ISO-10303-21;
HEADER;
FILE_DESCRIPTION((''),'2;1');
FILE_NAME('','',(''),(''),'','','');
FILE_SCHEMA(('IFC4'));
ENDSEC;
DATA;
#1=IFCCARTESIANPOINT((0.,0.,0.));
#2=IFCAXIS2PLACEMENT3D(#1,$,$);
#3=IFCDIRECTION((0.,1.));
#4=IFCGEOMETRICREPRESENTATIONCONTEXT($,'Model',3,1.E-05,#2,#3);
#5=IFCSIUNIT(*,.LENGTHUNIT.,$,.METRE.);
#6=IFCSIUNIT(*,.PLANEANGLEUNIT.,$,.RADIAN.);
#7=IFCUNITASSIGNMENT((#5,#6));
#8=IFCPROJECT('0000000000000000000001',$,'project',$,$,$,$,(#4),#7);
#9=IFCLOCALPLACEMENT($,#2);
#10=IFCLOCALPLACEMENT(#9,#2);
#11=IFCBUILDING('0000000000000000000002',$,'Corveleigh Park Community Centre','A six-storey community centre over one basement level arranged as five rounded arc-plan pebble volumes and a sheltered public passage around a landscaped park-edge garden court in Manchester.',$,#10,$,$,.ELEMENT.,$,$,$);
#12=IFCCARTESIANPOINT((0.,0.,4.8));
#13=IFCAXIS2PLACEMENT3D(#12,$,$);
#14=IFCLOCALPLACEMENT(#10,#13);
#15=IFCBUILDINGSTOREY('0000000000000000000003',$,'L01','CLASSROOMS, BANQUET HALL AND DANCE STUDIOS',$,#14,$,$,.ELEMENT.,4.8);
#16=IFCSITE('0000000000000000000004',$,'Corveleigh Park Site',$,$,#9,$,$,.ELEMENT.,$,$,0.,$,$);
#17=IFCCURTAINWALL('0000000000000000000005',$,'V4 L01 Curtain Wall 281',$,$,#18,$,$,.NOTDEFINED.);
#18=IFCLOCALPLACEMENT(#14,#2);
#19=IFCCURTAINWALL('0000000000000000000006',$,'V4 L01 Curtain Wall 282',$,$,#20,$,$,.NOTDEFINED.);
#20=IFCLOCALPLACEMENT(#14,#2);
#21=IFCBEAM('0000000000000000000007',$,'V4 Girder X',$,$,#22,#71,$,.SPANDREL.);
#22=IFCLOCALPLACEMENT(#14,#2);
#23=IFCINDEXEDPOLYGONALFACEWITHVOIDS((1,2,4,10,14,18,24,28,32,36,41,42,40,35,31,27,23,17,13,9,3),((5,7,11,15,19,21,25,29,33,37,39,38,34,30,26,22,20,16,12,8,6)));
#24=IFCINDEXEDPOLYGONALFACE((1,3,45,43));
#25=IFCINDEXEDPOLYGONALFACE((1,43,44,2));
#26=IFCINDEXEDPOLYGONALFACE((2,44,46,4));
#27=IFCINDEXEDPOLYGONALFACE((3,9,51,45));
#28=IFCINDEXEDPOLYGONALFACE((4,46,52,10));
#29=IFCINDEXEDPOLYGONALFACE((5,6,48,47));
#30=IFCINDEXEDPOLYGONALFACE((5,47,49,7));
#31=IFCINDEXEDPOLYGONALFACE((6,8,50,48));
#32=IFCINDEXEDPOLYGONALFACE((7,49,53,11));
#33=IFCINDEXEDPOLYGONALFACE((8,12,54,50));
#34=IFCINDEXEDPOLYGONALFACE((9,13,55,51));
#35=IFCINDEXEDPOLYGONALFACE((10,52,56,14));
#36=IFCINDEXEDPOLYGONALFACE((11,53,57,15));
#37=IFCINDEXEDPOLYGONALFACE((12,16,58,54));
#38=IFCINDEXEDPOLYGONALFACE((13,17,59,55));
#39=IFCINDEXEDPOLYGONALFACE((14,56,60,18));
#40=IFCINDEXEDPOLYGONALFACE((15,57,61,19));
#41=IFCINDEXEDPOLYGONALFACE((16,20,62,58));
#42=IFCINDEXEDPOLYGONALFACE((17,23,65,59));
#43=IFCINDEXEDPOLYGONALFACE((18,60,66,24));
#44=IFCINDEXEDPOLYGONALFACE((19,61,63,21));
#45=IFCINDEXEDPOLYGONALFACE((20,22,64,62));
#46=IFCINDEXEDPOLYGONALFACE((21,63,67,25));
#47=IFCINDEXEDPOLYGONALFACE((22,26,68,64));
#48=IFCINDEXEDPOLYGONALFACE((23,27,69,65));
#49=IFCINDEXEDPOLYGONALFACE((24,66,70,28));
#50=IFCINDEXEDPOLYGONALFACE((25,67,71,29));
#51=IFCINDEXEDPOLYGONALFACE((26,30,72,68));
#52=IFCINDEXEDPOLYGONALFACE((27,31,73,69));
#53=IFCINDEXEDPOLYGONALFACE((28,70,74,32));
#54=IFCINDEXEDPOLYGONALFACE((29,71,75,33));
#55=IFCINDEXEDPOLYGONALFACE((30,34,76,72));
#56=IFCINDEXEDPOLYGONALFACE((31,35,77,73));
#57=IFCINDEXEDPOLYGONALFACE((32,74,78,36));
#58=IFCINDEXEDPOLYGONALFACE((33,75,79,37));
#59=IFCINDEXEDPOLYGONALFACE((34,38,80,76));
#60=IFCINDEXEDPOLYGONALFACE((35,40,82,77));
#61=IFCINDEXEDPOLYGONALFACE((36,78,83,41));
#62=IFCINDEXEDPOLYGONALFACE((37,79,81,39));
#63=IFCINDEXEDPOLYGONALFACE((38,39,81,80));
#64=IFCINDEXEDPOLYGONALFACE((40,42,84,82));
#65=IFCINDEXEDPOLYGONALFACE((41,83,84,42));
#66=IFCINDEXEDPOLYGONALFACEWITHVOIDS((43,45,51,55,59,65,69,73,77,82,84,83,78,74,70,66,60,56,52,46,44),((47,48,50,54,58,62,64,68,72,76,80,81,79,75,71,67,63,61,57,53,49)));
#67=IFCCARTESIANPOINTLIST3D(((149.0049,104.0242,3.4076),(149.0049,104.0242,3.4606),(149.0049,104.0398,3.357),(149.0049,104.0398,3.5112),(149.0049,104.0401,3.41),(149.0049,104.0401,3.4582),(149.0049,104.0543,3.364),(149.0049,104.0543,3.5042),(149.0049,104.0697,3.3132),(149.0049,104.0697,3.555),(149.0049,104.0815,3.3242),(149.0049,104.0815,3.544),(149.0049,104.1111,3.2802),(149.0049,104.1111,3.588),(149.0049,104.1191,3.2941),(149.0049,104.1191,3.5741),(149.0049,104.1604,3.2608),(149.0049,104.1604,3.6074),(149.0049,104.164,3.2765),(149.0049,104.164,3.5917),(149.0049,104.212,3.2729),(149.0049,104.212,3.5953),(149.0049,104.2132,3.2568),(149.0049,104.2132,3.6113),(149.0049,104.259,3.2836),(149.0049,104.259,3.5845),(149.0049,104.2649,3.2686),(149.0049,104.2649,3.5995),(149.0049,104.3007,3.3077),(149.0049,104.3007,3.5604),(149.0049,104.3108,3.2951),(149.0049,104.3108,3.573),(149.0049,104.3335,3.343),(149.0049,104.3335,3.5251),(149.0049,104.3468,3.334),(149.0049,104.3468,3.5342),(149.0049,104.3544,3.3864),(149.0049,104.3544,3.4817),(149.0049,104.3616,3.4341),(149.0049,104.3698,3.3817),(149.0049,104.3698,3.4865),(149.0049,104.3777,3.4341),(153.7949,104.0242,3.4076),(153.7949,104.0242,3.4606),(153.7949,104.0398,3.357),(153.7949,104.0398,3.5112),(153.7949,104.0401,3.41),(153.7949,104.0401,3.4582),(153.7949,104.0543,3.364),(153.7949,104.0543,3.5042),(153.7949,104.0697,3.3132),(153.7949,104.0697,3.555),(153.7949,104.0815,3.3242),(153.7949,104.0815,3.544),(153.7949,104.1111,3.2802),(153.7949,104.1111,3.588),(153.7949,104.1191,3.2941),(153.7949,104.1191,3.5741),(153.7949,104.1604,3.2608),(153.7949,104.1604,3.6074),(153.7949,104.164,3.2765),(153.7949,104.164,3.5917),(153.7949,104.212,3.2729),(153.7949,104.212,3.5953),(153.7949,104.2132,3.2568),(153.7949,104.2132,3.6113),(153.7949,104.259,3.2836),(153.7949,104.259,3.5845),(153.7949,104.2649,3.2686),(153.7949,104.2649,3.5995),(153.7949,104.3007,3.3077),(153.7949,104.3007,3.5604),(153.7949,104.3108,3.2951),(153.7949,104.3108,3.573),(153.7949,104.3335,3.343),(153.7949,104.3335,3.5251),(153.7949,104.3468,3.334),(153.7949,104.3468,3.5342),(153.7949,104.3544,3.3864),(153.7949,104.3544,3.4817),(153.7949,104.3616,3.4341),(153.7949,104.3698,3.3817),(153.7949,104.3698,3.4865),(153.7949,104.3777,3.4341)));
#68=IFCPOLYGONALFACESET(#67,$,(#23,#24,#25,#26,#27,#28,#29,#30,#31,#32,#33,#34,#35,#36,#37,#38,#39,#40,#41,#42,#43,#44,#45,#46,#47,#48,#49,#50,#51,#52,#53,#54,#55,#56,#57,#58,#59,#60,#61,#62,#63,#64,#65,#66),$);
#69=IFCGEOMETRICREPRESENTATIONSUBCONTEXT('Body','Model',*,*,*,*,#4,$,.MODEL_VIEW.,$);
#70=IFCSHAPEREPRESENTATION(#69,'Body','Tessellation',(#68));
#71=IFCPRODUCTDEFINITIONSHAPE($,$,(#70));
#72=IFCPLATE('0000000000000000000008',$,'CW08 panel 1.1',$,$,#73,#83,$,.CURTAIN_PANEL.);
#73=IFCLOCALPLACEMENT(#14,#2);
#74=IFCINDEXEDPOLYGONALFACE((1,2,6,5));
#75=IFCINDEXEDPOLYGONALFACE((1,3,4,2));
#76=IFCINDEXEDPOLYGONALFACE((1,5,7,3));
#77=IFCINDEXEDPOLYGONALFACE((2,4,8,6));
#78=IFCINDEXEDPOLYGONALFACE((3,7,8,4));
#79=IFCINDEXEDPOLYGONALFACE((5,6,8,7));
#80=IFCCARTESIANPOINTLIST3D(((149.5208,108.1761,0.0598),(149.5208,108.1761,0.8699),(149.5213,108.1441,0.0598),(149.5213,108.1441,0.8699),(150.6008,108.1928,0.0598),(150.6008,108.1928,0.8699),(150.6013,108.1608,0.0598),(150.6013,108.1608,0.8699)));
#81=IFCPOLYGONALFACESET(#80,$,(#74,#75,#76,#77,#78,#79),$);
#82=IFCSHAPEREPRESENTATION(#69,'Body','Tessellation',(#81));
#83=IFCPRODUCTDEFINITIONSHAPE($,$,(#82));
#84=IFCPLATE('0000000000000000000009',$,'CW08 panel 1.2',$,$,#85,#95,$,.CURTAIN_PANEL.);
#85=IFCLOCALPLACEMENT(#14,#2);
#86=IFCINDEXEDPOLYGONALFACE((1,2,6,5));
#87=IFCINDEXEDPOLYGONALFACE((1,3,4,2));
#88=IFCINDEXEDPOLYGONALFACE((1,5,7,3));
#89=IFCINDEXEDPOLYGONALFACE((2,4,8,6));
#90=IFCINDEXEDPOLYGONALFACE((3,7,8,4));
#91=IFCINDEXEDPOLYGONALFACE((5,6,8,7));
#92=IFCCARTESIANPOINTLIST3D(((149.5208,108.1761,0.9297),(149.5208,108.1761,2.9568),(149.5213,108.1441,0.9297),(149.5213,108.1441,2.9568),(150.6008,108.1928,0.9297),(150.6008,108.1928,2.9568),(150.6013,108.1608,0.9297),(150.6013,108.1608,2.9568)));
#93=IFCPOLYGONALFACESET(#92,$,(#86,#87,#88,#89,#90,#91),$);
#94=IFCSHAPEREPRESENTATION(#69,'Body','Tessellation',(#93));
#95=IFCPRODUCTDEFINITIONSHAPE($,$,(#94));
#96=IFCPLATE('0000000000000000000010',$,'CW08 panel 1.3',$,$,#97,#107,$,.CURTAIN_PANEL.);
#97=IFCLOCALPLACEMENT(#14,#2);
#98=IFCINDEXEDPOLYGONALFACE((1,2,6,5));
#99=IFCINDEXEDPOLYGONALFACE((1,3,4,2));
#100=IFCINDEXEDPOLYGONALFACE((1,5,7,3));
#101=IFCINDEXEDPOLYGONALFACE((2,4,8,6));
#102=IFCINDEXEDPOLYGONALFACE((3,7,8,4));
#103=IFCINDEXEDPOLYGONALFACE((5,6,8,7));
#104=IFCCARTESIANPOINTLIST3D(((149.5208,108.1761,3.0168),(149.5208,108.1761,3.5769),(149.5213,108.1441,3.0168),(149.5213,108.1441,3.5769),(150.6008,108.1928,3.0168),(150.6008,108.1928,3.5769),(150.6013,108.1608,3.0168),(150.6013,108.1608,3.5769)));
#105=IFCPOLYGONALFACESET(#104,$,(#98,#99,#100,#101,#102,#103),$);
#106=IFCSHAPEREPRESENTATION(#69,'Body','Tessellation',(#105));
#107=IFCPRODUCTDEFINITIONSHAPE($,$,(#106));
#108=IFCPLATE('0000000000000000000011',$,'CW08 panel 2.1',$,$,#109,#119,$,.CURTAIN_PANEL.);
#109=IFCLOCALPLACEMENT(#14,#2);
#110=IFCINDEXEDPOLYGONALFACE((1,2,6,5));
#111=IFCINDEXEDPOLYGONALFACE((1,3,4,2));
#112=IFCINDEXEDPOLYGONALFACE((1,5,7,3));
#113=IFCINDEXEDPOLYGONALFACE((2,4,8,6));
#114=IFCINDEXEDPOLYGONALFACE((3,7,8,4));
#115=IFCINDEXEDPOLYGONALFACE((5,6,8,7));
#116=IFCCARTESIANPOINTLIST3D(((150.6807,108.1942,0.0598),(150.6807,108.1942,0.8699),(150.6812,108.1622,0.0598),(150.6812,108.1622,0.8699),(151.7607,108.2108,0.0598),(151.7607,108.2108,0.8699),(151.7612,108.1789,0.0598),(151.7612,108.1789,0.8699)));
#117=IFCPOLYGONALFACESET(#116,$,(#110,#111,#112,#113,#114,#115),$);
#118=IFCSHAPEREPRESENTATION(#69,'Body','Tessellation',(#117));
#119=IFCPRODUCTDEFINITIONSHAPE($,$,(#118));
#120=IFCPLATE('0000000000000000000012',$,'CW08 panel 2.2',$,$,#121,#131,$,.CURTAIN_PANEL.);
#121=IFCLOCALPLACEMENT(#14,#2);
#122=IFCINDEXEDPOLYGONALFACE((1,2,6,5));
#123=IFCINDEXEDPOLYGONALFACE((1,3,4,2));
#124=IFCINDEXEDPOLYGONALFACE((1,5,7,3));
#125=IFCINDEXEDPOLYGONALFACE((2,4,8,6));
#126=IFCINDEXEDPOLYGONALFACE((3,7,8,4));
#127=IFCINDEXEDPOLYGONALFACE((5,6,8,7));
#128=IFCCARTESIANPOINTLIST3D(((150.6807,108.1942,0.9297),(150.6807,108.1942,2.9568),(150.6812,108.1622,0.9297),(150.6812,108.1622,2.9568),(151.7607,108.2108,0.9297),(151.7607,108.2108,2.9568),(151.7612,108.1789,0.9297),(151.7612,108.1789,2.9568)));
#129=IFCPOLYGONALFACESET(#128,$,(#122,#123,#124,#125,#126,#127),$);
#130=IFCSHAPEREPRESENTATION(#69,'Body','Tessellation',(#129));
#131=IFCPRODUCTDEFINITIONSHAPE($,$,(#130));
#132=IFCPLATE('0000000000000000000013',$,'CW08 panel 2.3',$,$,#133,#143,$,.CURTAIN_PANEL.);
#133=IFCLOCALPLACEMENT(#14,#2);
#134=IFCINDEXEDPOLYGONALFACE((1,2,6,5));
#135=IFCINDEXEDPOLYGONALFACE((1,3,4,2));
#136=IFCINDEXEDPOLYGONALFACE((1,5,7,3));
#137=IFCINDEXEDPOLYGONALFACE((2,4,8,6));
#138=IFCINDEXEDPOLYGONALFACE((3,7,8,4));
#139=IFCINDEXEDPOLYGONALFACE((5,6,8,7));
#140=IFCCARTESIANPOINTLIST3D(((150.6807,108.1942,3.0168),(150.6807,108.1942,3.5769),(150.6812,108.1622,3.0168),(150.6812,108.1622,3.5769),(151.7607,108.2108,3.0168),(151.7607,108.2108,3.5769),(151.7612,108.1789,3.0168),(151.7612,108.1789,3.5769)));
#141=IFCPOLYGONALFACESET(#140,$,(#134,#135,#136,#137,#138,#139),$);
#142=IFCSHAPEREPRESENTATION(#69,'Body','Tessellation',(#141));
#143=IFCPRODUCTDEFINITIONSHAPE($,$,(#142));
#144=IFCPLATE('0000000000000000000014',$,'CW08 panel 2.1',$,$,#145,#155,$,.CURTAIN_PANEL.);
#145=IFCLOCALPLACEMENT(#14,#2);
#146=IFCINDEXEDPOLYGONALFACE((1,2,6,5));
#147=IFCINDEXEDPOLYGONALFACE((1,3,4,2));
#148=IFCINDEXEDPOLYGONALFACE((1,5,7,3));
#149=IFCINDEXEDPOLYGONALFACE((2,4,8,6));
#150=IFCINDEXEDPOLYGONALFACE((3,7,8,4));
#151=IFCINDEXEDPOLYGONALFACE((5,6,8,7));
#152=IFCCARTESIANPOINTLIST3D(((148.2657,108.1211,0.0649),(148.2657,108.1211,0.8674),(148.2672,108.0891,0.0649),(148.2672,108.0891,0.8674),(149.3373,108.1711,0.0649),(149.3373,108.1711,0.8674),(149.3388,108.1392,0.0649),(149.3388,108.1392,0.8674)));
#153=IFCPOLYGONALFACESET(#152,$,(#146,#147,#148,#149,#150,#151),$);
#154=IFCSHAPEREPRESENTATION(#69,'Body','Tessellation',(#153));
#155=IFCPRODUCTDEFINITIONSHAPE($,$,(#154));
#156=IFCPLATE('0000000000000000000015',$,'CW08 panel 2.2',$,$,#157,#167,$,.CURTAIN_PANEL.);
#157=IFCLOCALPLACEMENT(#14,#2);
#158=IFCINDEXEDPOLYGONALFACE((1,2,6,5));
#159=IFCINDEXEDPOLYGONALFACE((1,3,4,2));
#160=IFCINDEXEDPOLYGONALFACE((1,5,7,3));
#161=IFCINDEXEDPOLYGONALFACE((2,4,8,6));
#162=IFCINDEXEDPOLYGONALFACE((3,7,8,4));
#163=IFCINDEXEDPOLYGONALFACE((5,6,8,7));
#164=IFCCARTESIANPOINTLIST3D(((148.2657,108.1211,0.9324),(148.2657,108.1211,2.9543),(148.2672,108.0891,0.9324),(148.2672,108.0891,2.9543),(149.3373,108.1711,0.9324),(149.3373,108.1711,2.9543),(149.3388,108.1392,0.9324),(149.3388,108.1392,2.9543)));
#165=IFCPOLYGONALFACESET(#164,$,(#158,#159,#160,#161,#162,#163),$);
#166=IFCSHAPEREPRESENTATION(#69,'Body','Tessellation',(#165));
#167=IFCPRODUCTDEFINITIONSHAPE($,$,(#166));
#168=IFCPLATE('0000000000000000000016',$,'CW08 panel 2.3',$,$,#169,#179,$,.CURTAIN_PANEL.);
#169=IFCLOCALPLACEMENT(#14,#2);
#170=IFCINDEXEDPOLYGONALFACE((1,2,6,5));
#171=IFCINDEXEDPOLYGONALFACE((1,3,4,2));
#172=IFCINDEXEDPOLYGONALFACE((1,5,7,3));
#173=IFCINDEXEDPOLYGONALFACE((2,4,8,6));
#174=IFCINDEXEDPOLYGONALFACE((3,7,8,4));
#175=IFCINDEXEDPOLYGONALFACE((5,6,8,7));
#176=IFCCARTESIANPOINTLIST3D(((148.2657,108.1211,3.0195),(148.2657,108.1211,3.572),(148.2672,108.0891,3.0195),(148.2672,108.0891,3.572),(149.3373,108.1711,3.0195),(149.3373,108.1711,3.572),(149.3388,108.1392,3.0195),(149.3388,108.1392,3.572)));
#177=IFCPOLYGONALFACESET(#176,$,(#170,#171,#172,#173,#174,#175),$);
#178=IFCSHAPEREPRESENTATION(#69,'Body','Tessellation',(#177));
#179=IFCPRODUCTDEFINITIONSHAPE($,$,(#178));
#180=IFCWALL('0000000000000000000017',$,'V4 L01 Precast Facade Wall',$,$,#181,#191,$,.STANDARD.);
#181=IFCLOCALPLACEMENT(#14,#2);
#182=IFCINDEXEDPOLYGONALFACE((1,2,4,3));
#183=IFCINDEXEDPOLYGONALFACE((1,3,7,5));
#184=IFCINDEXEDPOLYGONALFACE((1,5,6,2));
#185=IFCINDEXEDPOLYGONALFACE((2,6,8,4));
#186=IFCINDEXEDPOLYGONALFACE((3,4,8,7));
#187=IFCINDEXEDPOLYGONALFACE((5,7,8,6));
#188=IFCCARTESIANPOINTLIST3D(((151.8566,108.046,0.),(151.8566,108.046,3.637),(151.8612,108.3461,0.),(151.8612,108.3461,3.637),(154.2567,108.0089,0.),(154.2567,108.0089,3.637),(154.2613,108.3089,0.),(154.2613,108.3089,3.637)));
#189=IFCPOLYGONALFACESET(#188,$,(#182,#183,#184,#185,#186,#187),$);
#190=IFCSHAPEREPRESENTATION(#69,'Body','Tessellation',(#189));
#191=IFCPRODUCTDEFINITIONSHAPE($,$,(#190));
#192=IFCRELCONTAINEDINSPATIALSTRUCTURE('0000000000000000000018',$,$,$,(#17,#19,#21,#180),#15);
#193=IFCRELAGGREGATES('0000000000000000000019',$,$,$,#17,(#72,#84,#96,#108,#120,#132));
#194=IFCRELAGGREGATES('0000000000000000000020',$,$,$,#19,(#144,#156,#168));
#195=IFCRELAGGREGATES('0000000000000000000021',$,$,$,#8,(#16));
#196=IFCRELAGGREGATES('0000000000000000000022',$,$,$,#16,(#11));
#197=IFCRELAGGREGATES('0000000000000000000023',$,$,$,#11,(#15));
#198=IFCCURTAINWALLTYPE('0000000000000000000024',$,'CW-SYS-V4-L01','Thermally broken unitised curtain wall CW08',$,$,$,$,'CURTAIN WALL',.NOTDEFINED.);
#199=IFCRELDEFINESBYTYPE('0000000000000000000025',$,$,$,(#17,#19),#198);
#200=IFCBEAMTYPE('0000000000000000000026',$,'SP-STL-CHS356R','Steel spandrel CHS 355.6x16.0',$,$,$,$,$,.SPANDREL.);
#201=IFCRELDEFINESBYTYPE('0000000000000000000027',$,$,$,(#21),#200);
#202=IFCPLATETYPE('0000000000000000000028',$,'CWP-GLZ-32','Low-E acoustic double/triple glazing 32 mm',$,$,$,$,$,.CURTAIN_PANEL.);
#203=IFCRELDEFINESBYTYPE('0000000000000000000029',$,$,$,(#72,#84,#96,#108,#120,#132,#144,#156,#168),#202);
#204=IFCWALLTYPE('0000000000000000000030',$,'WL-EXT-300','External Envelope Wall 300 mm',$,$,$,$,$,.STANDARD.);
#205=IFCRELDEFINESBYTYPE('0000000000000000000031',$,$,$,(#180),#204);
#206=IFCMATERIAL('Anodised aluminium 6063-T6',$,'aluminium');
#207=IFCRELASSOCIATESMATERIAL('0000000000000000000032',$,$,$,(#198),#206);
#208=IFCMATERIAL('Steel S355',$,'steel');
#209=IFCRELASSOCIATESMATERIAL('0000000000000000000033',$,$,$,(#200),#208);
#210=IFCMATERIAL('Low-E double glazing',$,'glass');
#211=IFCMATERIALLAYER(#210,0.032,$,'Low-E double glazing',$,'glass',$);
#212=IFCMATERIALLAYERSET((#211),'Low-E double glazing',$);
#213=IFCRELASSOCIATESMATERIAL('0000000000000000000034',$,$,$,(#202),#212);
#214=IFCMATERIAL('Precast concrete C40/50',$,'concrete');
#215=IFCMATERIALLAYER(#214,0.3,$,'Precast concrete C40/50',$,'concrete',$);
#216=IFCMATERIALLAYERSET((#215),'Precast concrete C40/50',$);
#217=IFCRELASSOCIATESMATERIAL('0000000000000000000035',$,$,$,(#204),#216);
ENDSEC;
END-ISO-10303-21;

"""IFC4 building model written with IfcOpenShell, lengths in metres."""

from ifc_helpers import new_model, si_unit, direction, frame, frame_2d, origin, origin_2d, place, context, subcontext, project, spatial, rectangle, hollow_circle, extrude, material, layer, layer_set, material_profile, profile_set, type_object, element, aggregate, save


model = new_model("IFC4")

# Units and contexts
model_context = context("Model", 3, precision=1e-05, world=origin(), true_north=direction((0.0, 1.0)))
body_context = subcontext(model_context, "Body", "Model", "MODEL_VIEW")
ifc_project = project(units=[si_unit("LENGTHUNIT", "METRE"), si_unit("PLANEANGLEUNIT", "RADIAN")], contexts=[model_context])

# Site, building, storey
site_placement = place(None, origin())
site = spatial("IfcSite", under=ifc_project, at=site_placement, Name="Corveleigh Park Site", CompositionType="ELEMENT", RefElevation=0.0)
building_placement = place(site_placement, origin())
building = spatial("IfcBuilding", under=site, at=building_placement, Name="Corveleigh Park Community Centre", Description="A six-storey community centre over one basement level arranged as five rounded arc-plan pebble volumes and a sheltered public passage around a landscaped park-edge garden court in Manchester.", CompositionType="ELEMENT")
storey_placement = place(building_placement, frame((0.0, 0.0, 4.8)))
storey = spatial("IfcBuildingStorey", under=building, at=storey_placement, Name="L01", Description="CLASSROOMS, BANQUET HALL AND DANCE STUDIOS", CompositionType="ELEMENT", Elevation=4.8)

# Curtain wall
ifc_material_1 = material(Name="Anodised aluminium 6063-T6", Category="aluminium")
curtain_wall_type = type_object("IfcCurtainWallType", Name="CW-SYS-V4-L01", Description="Thermally broken unitised curtain wall CW08", ElementType="CURTAIN WALL", PredefinedType="NOTDEFINED", material=ifc_material_1)
curtain_wall_1_placement = place(storey_placement, origin())
curtain_wall_1 = element("IfcCurtainWall", 1, at=curtain_wall_1_placement, inside=storey, type_object=curtain_wall_type, Name="V4 L01 Curtain Wall 281", PredefinedType="NOTDEFINED")

# Curtain wall
curtain_wall_2_placement = place(storey_placement, origin())
curtain_wall_2 = element("IfcCurtainWall", 2, at=curtain_wall_2_placement, inside=storey, type_object=curtain_wall_type, Name="V4 L01 Curtain Wall 282", PredefinedType="NOTDEFINED")

# Beam
ifc_material_2 = material(Name="Steel S355", Category="steel")
ifc_material_profile_1 = material_profile(ifc_material_2, hollow_circle(Radius=0.1777, WallThickness=0.0161, at=origin_2d()), Name="CHS 355.6x16.0", Category="steel")
ifc_profile_set_1 = profile_set([ifc_material_profile_1], Name="Steel S355")
beam_type = type_object("IfcBeamType", Name="SP-STL-CHS356R", Description="Steel spandrel CHS 355.6x16.0", PredefinedType="SPANDREL", material=ifc_profile_set_1)
beam_placement = place(storey_placement, frame((149.0049, 104.2, 3.4341), z_axis=(1.0, 0.0, 0.0), x_axis=(0.0, 1.0, 0.0)))
element("IfcBeam", 3, at=beam_placement, inside=storey, type_object=beam_type, Name="V4 Girder X", PredefinedType="SPANDREL", context=body_context, shape_type="SweptSolid", body=[
    extrude(hollow_circle(Radius=0.1777, WallThickness=0.0161, at=origin_2d()), origin(), (0.0, 0.0, 1.0), 4.79),
])

# Plates
ifc_material_3 = material(Name="Low-E double glazing", Category="glass")
ifc_layer_1 = layer(ifc_material_3, 0.032, Name="Low-E double glazing", Category="glass")
ifc_layer_set_1 = layer_set([ifc_layer_1], Name="Low-E double glazing")
plate_type = type_object("IfcPlateType", Name="CWP-GLZ-32", Description="Low-E acoustic double/triple glazing 32 mm", PredefinedType="CURTAIN_PANEL", material=ifc_layer_set_1)
plate_1_placement = place(storey_placement, frame((150.061, 108.1685, 0.0598), z_axis=(0.0, 0.0, 1.0), x_axis=(0.999881, 0.015415, 0.0)))
plate_1 = element("IfcPlate", 4, at=plate_1_placement, type_object=plate_type, Name="CW08 panel 1.1", PredefinedType="CURTAIN_PANEL", context=body_context, shape_type="SweptSolid", body=[
    extrude(rectangle(XDim=1.0801, YDim=0.032, at=origin_2d()), origin(), (0.0, 0.0, 1.0), 0.8101),
])
plate_2_placement = place(storey_placement, frame((150.061, 108.1685, 0.9297), z_axis=(0.0, 0.0, 1.0), x_axis=(0.999881, 0.015415, 0.0)))
plate_2 = element("IfcPlate", 5, at=plate_2_placement, type_object=plate_type, Name="CW08 panel 1.2", PredefinedType="CURTAIN_PANEL", context=body_context, shape_type="SweptSolid", body=[
    extrude(rectangle(XDim=1.0801, YDim=0.032, at=origin_2d()), origin(), (0.0, 0.0, 1.0), 2.0271),
])
plate_3_placement = place(storey_placement, frame((150.061, 108.1685, 3.0168), z_axis=(0.0, 0.0, 1.0), x_axis=(0.999881, 0.015415, 0.0)))
plate_3 = element("IfcPlate", 6, at=plate_3_placement, type_object=plate_type, Name="CW08 panel 1.3", PredefinedType="CURTAIN_PANEL", context=body_context, shape_type="SweptSolid", body=[
    extrude(rectangle(XDim=1.0801, YDim=0.032, at=origin_2d()), origin(), (0.0, 0.0, 1.0), 0.5601),
])
plate_4_placement = place(storey_placement, frame((151.2209, 108.1865, 0.0598), z_axis=(0.0, 0.0, 1.0), x_axis=(0.999881, 0.015415, 0.0)))
plate_4 = element("IfcPlate", 7, at=plate_4_placement, type_object=plate_type, Name="CW08 panel 2.1", PredefinedType="CURTAIN_PANEL", context=body_context, shape_type="SweptSolid", body=[
    extrude(rectangle(XDim=1.0801, YDim=0.032, at=origin_2d()), origin(), (0.0, 0.0, 1.0), 0.8101),
])
plate_5_placement = place(storey_placement, frame((151.2209, 108.1865, 0.9297), z_axis=(0.0, 0.0, 1.0), x_axis=(0.999881, 0.015415, 0.0)))
plate_5 = element("IfcPlate", 8, at=plate_5_placement, type_object=plate_type, Name="CW08 panel 2.2", PredefinedType="CURTAIN_PANEL", context=body_context, shape_type="SweptSolid", body=[
    extrude(rectangle(XDim=1.0801, YDim=0.032, at=origin_2d()), origin(), (0.0, 0.0, 1.0), 2.0271),
])
plate_6_placement = place(storey_placement, frame((151.2209, 108.1865, 3.0168), z_axis=(0.0, 0.0, 1.0), x_axis=(0.999881, 0.015415, 0.0)))
plate_6 = element("IfcPlate", 9, at=plate_6_placement, type_object=plate_type, Name="CW08 panel 2.3", PredefinedType="CURTAIN_PANEL", context=body_context, shape_type="SweptSolid", body=[
    extrude(rectangle(XDim=1.0801, YDim=0.032, at=origin_2d()), origin(), (0.0, 0.0, 1.0), 0.5601),
])
aggregate(curtain_wall_1, [plate_1, plate_2, plate_3, plate_4, plate_5, plate_6])
plate_7_placement = place(storey_placement, frame((148.8022, 108.1301, 0.0649), z_axis=(0.0, 0.0, 1.0), x_axis=(0.998911, 0.046655, 0.0)))
plate_7 = element("IfcPlate", 10, at=plate_7_placement, type_object=plate_type, Name="CW08 panel 2.1", PredefinedType="CURTAIN_PANEL", context=body_context, shape_type="SweptSolid", body=[
    extrude(rectangle(XDim=1.0728, YDim=0.032, at=origin_2d()), origin(), (0.0, 0.0, 1.0), 0.8025),
])
plate_8_placement = place(storey_placement, frame((148.8022, 108.1301, 0.9324), z_axis=(0.0, 0.0, 1.0), x_axis=(0.998911, 0.046655, 0.0)))
plate_8 = element("IfcPlate", 11, at=plate_8_placement, type_object=plate_type, Name="CW08 panel 2.2", PredefinedType="CURTAIN_PANEL", context=body_context, shape_type="SweptSolid", body=[
    extrude(rectangle(XDim=1.0728, YDim=0.032, at=origin_2d()), origin(), (0.0, 0.0, 1.0), 2.022),
])
plate_9_placement = place(storey_placement, frame((148.8022, 108.1301, 3.0195), z_axis=(0.0, 0.0, 1.0), x_axis=(0.998911, 0.046655, 0.0)))
plate_9 = element("IfcPlate", 12, at=plate_9_placement, type_object=plate_type, Name="CW08 panel 2.3", PredefinedType="CURTAIN_PANEL", context=body_context, shape_type="SweptSolid", body=[
    extrude(rectangle(XDim=1.0728, YDim=0.032, at=origin_2d()), origin(), (0.0, 0.0, 1.0), 0.5525),
])
aggregate(curtain_wall_2, [plate_7, plate_8, plate_9])

# Wall
ifc_material_4 = material(Name="Precast concrete C40/50", Category="concrete")
ifc_layer_2 = layer(ifc_material_4, 0.3, Name="Precast concrete C40/50", Category="concrete")
ifc_layer_set_2 = layer_set([ifc_layer_2], Name="Precast concrete C40/50")
wall_type_1 = type_object("IfcWallType", Name="WL-EXT-300", Description="External Envelope Wall 300 mm", PredefinedType="STANDARD", material=ifc_layer_set_2)
wall_1_placement = place(storey_placement, frame((151.8589, 108.196, 0.0), z_axis=(0.0, 0.0, 1.0), x_axis=(0.99988, -0.015459, 0.0)))
element("IfcWall", 13, at=wall_1_placement, inside=storey, type_object=wall_type_1, Name="V4 L01 Precast Facade Wall", PredefinedType="STANDARD", context=body_context, shape_type="SweptSolid", body=[
    extrude(rectangle(XDim=2.4004, YDim=0.3, at=frame_2d((1.2002, 0.0))), origin(), (0.0, 0.0, 1.0), 3.637),
])

save(model, "model.ifc")
